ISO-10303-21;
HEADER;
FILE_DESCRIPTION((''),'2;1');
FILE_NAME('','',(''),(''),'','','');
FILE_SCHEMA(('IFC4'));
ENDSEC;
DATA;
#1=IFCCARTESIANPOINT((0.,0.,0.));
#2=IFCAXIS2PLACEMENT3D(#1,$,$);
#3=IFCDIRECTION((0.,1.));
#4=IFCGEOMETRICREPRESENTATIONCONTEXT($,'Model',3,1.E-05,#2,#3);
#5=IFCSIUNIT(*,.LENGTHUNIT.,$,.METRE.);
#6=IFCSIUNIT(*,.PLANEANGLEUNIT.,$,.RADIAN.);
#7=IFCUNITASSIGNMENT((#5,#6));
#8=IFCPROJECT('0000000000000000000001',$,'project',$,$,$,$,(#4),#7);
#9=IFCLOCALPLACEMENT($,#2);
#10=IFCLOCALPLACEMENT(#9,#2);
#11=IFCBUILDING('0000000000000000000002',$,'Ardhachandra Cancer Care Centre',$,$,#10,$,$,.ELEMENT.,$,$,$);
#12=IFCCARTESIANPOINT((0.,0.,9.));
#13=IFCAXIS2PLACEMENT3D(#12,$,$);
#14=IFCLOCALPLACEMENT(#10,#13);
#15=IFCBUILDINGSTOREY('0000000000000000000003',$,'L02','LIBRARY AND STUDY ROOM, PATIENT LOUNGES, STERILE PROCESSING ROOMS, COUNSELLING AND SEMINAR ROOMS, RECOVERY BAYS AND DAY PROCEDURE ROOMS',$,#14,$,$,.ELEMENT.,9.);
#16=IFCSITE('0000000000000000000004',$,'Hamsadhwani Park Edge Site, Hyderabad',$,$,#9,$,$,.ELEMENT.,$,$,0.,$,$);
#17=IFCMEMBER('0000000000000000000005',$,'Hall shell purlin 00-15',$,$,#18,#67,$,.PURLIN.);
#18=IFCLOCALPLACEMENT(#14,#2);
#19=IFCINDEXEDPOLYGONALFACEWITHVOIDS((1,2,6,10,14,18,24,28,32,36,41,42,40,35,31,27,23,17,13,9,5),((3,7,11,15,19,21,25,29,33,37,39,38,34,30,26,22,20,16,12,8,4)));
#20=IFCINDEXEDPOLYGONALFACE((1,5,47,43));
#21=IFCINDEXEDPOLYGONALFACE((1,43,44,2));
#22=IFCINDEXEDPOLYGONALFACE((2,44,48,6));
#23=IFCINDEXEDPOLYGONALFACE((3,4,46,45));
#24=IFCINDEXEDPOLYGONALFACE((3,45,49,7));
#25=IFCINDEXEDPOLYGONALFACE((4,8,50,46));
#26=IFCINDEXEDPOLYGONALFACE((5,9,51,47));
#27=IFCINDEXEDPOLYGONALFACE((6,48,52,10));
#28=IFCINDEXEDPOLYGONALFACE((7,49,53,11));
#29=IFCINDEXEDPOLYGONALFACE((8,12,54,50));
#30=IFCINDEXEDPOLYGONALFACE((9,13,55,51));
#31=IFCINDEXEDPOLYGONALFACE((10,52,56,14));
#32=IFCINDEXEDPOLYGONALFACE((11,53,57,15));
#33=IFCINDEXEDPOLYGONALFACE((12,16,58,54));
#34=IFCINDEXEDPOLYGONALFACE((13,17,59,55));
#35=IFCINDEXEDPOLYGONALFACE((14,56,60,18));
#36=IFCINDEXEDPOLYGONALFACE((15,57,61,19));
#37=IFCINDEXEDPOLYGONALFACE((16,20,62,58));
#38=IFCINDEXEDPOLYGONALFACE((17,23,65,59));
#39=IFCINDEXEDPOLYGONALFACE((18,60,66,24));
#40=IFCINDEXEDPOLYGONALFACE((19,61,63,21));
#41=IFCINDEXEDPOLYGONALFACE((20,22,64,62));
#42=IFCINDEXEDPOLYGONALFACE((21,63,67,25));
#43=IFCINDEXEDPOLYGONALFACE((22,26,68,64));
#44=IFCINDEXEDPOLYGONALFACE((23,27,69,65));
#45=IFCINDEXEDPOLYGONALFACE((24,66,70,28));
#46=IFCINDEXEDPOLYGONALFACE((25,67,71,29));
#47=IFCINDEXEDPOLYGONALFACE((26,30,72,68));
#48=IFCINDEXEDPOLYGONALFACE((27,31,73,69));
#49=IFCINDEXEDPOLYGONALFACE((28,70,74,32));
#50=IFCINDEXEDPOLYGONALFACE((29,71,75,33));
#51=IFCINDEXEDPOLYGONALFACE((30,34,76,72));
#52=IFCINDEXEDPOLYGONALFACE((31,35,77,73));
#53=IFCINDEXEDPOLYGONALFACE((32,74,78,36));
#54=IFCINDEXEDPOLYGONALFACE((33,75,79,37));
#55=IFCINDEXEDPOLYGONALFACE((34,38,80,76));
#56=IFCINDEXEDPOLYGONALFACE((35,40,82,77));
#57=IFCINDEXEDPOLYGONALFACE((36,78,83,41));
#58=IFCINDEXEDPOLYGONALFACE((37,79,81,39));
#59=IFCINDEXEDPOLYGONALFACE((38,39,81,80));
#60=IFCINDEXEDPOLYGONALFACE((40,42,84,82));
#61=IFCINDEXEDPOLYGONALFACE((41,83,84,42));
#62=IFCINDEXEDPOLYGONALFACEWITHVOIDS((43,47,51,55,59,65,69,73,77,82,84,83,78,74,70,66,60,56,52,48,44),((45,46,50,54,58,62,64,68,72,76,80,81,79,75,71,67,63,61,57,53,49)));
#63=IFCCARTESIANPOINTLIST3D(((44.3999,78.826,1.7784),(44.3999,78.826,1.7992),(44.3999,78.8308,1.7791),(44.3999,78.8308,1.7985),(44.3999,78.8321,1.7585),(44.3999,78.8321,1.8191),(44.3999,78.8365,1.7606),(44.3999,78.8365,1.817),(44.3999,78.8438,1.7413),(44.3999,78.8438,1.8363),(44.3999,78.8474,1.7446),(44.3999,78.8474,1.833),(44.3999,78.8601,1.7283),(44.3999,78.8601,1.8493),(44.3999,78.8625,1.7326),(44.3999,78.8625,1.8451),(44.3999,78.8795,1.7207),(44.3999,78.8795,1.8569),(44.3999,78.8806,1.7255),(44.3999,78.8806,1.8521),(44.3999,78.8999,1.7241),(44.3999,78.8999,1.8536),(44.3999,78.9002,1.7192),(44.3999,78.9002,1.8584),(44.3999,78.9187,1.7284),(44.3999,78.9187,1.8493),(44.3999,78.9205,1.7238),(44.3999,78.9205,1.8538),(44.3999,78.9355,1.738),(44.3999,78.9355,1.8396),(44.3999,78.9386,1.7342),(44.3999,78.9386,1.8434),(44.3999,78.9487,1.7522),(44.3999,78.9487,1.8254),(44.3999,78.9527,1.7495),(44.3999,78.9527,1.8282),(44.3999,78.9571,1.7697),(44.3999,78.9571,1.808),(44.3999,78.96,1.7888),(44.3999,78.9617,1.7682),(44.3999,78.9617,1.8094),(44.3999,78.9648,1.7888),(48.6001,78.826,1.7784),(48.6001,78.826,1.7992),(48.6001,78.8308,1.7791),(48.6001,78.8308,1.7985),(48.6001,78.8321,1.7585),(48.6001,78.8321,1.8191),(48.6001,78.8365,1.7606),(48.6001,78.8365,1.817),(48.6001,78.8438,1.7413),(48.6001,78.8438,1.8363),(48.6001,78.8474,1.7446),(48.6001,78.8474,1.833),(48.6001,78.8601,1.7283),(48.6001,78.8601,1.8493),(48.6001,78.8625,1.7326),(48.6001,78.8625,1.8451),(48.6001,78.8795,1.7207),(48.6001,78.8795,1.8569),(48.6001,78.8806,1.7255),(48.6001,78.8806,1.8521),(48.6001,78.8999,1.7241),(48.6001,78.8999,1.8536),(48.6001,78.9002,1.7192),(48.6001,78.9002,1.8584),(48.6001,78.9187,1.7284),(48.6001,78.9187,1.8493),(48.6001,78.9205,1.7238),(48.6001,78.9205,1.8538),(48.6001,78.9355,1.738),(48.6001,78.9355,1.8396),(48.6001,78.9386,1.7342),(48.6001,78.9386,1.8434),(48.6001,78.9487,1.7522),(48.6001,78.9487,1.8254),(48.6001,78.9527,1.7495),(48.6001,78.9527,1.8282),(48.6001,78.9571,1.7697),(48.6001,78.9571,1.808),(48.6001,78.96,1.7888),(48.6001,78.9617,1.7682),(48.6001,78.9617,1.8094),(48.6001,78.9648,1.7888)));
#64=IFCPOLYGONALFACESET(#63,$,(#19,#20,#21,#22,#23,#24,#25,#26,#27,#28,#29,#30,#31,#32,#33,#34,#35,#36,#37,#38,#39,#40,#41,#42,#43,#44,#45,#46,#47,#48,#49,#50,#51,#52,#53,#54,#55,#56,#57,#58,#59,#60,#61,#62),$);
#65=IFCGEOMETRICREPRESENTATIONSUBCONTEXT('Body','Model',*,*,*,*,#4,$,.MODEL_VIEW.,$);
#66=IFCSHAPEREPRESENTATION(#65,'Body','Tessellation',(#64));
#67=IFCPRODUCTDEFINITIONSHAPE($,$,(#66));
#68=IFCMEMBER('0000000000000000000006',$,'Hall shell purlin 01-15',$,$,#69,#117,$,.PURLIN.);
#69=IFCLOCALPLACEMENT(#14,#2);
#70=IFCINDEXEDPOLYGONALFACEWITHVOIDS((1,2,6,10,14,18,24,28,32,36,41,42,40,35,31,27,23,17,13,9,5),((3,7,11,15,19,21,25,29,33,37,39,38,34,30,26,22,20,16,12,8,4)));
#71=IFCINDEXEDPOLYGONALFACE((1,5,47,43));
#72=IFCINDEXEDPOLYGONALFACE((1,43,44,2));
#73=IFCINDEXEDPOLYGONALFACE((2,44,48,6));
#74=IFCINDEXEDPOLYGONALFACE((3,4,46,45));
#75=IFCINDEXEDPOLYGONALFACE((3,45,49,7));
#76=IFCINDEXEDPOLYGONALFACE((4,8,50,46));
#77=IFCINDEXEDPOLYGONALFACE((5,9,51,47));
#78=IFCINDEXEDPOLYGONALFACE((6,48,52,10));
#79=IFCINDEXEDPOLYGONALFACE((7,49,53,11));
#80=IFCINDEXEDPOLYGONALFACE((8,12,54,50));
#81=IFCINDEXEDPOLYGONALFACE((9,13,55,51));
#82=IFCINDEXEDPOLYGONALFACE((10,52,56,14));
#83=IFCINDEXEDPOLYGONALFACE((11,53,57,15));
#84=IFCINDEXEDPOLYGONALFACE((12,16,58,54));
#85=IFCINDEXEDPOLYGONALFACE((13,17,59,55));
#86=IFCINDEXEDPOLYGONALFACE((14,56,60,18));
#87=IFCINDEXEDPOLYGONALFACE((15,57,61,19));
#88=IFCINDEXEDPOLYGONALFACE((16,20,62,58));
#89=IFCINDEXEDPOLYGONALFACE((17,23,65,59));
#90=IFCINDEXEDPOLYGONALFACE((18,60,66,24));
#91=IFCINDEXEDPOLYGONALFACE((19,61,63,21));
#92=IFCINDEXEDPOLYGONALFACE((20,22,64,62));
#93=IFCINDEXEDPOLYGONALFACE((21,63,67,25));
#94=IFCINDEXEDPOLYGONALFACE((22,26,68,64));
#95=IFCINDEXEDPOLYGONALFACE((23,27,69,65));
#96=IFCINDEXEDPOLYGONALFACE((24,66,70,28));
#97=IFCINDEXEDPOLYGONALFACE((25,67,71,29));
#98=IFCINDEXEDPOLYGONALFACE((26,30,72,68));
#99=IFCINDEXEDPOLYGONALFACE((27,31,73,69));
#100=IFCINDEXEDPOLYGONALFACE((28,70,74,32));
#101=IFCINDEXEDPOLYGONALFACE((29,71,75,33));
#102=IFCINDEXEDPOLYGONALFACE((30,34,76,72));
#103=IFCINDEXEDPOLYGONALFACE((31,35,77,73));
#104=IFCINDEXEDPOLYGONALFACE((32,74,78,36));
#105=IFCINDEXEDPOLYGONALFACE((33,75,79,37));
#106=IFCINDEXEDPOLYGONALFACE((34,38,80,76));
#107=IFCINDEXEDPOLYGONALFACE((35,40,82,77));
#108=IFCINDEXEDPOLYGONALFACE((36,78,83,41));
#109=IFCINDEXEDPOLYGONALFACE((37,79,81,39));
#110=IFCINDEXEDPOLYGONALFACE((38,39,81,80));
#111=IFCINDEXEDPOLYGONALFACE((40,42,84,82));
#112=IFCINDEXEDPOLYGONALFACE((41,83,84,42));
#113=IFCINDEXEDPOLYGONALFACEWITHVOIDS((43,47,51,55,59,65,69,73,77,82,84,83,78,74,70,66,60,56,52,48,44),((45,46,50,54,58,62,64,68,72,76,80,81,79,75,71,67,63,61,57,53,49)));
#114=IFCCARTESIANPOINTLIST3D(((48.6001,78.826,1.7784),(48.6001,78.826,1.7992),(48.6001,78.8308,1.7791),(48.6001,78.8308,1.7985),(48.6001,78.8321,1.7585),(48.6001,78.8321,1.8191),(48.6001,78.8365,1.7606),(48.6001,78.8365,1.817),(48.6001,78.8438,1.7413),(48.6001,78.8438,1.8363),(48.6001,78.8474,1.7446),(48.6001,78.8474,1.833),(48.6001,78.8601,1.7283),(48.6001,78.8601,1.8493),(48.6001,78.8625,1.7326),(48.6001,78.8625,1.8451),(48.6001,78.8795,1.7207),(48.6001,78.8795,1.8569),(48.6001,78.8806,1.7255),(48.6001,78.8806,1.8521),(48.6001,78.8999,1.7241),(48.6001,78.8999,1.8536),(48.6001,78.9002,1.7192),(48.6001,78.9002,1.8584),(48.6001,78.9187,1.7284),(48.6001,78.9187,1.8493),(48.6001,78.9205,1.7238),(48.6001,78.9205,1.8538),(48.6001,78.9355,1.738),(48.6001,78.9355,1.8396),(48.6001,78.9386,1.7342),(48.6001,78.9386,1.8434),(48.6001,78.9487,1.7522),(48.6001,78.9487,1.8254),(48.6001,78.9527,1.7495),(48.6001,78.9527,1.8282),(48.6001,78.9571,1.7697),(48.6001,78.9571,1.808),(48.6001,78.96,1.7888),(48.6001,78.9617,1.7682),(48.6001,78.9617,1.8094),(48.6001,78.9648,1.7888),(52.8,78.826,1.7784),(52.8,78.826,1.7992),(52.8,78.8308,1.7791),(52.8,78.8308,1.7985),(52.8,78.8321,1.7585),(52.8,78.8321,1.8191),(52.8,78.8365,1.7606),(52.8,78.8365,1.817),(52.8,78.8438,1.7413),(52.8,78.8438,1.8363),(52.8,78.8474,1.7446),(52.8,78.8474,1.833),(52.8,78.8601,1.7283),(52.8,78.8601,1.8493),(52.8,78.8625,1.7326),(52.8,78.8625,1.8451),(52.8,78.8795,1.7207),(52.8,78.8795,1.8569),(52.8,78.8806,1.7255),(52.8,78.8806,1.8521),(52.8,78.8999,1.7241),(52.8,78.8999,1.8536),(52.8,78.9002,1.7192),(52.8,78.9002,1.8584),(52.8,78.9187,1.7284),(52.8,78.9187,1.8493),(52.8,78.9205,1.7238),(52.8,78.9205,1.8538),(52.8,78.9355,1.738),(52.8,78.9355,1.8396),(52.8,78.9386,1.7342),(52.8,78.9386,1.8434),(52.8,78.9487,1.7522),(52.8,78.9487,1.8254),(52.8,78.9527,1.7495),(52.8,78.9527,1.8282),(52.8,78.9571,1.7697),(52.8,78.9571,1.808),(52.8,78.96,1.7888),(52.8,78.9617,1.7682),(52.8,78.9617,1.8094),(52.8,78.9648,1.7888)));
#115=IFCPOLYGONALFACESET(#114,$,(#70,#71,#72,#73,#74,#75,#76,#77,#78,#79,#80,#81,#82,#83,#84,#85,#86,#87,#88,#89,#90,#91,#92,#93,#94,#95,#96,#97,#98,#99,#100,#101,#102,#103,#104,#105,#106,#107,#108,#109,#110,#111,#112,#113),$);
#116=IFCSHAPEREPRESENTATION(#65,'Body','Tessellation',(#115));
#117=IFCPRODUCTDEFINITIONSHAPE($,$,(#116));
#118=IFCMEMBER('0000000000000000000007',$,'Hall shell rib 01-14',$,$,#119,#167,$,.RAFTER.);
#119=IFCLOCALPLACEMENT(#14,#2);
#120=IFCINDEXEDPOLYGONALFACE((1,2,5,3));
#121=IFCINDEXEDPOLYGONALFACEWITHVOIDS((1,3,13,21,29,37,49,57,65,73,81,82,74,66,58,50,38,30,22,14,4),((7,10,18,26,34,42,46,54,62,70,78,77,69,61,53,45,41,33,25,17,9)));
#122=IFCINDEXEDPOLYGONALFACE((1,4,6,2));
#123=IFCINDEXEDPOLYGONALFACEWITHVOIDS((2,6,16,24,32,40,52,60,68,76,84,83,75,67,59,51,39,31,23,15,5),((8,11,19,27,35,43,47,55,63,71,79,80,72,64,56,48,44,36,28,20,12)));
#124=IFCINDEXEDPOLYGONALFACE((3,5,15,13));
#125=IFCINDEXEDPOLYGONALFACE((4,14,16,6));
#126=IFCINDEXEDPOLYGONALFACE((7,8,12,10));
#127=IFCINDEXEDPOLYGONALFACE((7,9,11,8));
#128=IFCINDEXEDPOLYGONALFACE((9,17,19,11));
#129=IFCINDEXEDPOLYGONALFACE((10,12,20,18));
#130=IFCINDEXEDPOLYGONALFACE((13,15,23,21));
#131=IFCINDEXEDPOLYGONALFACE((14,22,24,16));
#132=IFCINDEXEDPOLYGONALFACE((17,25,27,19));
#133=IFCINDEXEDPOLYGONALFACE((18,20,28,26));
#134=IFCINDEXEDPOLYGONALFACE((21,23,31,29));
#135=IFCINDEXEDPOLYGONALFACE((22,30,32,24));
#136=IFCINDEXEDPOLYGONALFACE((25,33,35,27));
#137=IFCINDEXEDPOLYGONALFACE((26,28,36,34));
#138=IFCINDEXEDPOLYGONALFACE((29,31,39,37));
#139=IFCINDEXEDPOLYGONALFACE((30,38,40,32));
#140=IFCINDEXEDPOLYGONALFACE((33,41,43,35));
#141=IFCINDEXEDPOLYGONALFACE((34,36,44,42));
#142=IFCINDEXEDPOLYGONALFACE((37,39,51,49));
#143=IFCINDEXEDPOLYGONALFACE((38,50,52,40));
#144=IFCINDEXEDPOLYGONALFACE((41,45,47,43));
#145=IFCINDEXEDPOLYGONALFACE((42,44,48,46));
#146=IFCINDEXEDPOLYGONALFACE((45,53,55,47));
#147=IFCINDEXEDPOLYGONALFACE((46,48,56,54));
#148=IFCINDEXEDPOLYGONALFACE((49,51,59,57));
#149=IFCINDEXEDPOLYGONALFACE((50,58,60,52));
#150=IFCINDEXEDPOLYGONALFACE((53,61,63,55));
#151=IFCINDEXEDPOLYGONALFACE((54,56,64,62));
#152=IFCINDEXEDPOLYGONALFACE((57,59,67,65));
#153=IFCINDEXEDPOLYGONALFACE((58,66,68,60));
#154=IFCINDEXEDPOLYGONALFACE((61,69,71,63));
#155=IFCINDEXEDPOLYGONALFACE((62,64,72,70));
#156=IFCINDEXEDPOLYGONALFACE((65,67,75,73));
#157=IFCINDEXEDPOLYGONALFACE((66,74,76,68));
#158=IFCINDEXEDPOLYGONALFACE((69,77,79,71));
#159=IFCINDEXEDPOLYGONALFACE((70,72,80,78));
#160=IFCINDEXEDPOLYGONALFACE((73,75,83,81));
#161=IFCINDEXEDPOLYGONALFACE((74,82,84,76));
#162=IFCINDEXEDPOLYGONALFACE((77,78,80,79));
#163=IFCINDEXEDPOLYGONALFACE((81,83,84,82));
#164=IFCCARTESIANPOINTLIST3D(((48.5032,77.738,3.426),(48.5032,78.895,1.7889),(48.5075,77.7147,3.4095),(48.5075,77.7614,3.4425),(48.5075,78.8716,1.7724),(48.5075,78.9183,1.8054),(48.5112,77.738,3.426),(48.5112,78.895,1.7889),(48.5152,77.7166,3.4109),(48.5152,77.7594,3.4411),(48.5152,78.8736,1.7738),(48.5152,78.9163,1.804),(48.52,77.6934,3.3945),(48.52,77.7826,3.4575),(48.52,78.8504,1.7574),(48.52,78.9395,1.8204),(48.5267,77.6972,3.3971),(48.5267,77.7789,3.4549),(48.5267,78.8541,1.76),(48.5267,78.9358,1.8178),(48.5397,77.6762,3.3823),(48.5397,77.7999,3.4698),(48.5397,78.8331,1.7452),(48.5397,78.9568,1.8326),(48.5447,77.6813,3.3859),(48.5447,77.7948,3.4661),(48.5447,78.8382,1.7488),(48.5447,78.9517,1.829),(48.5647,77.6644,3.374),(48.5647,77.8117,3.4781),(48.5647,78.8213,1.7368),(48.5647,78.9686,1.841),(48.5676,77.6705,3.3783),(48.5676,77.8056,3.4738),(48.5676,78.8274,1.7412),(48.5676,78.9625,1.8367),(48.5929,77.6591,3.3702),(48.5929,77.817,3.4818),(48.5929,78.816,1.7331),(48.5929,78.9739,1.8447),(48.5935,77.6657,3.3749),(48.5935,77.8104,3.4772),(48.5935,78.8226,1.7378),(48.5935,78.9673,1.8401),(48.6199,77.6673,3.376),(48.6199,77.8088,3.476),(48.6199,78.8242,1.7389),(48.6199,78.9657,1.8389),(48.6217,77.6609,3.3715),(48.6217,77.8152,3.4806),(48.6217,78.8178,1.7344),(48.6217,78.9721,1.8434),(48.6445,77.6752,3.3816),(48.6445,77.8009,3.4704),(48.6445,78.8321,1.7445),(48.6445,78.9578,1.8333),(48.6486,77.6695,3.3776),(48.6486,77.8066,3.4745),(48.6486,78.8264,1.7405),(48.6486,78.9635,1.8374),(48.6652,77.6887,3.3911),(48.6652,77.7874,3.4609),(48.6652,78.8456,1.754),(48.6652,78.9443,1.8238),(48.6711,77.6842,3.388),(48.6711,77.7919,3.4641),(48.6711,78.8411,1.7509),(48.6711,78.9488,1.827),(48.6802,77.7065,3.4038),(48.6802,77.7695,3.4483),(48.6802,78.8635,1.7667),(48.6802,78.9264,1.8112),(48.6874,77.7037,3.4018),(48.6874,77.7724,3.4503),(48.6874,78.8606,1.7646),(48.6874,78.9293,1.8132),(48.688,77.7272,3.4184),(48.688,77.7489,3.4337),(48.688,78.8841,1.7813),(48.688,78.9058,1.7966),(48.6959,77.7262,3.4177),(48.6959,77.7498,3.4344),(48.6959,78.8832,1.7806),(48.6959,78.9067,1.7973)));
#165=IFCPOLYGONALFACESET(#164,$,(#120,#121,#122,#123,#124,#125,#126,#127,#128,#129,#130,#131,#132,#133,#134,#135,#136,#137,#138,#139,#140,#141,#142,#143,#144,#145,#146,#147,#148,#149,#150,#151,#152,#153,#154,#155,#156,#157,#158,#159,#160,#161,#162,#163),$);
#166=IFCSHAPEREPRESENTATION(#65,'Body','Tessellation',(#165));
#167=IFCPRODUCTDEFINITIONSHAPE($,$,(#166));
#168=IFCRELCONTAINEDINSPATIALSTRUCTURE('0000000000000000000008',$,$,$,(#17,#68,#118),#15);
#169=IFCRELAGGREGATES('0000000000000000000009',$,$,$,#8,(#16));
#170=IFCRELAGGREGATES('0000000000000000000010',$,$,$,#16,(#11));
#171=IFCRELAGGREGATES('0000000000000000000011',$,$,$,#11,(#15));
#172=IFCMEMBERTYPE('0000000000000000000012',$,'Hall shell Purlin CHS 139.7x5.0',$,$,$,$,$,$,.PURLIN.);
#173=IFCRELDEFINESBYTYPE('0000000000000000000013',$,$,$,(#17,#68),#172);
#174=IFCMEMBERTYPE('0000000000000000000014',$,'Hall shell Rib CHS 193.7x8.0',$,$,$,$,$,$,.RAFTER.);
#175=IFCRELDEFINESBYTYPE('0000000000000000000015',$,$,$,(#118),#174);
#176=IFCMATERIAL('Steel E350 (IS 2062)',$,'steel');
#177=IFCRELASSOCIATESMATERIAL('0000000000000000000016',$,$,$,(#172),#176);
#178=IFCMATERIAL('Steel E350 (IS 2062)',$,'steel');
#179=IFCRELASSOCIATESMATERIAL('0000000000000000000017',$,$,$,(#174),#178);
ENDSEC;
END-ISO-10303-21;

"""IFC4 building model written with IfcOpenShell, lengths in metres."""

from ifc_helpers import new_model, si_unit, direction, frame, origin, origin_2d, place, context, subcontext, project, spatial, hollow_circle, extrude, material, material_profile, profile_set, type_object, element, save


model = new_model("IFC4")

# Units and contexts
model_context = context("Model", 3, precision=1e-05, world=origin(), true_north=direction((0.0, 1.0)))
body_context = subcontext(model_context, "Body", "Model", "MODEL_VIEW")
ifc_project = project(units=[si_unit("LENGTHUNIT", "METRE"), si_unit("PLANEANGLEUNIT", "RADIAN")], contexts=[model_context])

# Site, building, storey
site_placement = place(None, origin())
site = spatial("IfcSite", under=ifc_project, at=site_placement, Name="Hamsadhwani Park Edge Site, Hyderabad", CompositionType="ELEMENT", RefElevation=0.0)
building_placement = place(site_placement, origin())
building = spatial("IfcBuilding", under=site, at=building_placement, Name="Ardhachandra Cancer Care Centre", CompositionType="ELEMENT")
storey_placement = place(building_placement, frame((0.0, 0.0, 9.0)))
storey = spatial("IfcBuildingStorey", under=building, at=storey_placement, Name="L02", Description="LIBRARY AND STUDY ROOM, PATIENT LOUNGES, STERILE PROCESSING ROOMS, COUNSELLING AND SEMINAR ROOMS, RECOVERY BAYS AND DAY PROCEDURE ROOMS", CompositionType="ELEMENT", Elevation=9.0)

# Members
ifc_material_1 = material(Name="Steel E350 (IS 2062)", Category="steel")
ifc_material_profile_1 = material_profile(ifc_material_1, hollow_circle(Radius=0.0698, WallThickness=0.0049, at=origin_2d()), Name="CHS 139.7x5.0")
ifc_profile_set_1 = profile_set([ifc_material_profile_1], Name="Steel E350 (IS 2062)")
member_type_1 = type_object("IfcMemberType", Name="Hall shell Purlin CHS 139.7x5.0", PredefinedType="PURLIN", material=ifc_profile_set_1)
member_1_placement = place(storey_placement, frame((44.3999, 78.895, 1.7888), z_axis=(1.0, 0.0, 0.0), x_axis=(0.0, 1.0, 0.0)))
element("IfcMember", 1, at=member_1_placement, inside=storey, type_object=member_type_1, Name="Hall shell purlin 00-15", PredefinedType="PURLIN", context=body_context, shape_type="SweptSolid", body=[
    extrude(hollow_circle(Radius=0.0698, WallThickness=0.0049, at=origin_2d()), origin(), (0.0, 0.0, 1.0), 4.2002),
])
member_2_placement = place(storey_placement, frame((48.6001, 78.895, 1.7888), z_axis=(1.0, 0.0, 0.0), x_axis=(0.0, 1.0, 0.0)))
element("IfcMember", 2, at=member_2_placement, inside=storey, type_object=member_type_1, Name="Hall shell purlin 01-15", PredefinedType="PURLIN", context=body_context, shape_type="SweptSolid", body=[
    extrude(hollow_circle(Radius=0.0698, WallThickness=0.0049, at=origin_2d()), origin(), (0.0, 0.0, 1.0), 4.2),
])
ifc_material_2 = material(Name="Steel E350 (IS 2062)", Category="steel")
ifc_material_profile_2 = material_profile(ifc_material_2, hollow_circle(Radius=0.0969, WallThickness=0.0081, at=origin_2d()), Name="CHS 193.7x8.0")
ifc_profile_set_2 = profile_set([ifc_material_profile_2], Name="Steel E350 (IS 2062)")
member_type_2 = type_object("IfcMemberType", Name="Hall shell Rib CHS 193.7x8.0", PredefinedType="RAFTER", material=ifc_profile_set_2)
for number, where, z_axis, x_axis, name in (
    (3, (48.6001, 77.738, 3.426), (0.0, 0.577118, -0.816661), (-1.0, 0.0, 0.0), "Hall shell rib 01-14"),
):
    element("IfcMember", number, at=place(storey_placement, frame(where, z_axis=z_axis, x_axis=x_axis)), inside=storey, type_object=member_type_2, Name=name, PredefinedType="RAFTER", context=body_context, shape_type="SweptSolid", body=[
        extrude(hollow_circle(Radius=0.0969, WallThickness=0.0081, at=origin_2d()), origin(), (0.0, 0.0, 1.0), 2.0046),
    ])

save(model, "model.ifc")
